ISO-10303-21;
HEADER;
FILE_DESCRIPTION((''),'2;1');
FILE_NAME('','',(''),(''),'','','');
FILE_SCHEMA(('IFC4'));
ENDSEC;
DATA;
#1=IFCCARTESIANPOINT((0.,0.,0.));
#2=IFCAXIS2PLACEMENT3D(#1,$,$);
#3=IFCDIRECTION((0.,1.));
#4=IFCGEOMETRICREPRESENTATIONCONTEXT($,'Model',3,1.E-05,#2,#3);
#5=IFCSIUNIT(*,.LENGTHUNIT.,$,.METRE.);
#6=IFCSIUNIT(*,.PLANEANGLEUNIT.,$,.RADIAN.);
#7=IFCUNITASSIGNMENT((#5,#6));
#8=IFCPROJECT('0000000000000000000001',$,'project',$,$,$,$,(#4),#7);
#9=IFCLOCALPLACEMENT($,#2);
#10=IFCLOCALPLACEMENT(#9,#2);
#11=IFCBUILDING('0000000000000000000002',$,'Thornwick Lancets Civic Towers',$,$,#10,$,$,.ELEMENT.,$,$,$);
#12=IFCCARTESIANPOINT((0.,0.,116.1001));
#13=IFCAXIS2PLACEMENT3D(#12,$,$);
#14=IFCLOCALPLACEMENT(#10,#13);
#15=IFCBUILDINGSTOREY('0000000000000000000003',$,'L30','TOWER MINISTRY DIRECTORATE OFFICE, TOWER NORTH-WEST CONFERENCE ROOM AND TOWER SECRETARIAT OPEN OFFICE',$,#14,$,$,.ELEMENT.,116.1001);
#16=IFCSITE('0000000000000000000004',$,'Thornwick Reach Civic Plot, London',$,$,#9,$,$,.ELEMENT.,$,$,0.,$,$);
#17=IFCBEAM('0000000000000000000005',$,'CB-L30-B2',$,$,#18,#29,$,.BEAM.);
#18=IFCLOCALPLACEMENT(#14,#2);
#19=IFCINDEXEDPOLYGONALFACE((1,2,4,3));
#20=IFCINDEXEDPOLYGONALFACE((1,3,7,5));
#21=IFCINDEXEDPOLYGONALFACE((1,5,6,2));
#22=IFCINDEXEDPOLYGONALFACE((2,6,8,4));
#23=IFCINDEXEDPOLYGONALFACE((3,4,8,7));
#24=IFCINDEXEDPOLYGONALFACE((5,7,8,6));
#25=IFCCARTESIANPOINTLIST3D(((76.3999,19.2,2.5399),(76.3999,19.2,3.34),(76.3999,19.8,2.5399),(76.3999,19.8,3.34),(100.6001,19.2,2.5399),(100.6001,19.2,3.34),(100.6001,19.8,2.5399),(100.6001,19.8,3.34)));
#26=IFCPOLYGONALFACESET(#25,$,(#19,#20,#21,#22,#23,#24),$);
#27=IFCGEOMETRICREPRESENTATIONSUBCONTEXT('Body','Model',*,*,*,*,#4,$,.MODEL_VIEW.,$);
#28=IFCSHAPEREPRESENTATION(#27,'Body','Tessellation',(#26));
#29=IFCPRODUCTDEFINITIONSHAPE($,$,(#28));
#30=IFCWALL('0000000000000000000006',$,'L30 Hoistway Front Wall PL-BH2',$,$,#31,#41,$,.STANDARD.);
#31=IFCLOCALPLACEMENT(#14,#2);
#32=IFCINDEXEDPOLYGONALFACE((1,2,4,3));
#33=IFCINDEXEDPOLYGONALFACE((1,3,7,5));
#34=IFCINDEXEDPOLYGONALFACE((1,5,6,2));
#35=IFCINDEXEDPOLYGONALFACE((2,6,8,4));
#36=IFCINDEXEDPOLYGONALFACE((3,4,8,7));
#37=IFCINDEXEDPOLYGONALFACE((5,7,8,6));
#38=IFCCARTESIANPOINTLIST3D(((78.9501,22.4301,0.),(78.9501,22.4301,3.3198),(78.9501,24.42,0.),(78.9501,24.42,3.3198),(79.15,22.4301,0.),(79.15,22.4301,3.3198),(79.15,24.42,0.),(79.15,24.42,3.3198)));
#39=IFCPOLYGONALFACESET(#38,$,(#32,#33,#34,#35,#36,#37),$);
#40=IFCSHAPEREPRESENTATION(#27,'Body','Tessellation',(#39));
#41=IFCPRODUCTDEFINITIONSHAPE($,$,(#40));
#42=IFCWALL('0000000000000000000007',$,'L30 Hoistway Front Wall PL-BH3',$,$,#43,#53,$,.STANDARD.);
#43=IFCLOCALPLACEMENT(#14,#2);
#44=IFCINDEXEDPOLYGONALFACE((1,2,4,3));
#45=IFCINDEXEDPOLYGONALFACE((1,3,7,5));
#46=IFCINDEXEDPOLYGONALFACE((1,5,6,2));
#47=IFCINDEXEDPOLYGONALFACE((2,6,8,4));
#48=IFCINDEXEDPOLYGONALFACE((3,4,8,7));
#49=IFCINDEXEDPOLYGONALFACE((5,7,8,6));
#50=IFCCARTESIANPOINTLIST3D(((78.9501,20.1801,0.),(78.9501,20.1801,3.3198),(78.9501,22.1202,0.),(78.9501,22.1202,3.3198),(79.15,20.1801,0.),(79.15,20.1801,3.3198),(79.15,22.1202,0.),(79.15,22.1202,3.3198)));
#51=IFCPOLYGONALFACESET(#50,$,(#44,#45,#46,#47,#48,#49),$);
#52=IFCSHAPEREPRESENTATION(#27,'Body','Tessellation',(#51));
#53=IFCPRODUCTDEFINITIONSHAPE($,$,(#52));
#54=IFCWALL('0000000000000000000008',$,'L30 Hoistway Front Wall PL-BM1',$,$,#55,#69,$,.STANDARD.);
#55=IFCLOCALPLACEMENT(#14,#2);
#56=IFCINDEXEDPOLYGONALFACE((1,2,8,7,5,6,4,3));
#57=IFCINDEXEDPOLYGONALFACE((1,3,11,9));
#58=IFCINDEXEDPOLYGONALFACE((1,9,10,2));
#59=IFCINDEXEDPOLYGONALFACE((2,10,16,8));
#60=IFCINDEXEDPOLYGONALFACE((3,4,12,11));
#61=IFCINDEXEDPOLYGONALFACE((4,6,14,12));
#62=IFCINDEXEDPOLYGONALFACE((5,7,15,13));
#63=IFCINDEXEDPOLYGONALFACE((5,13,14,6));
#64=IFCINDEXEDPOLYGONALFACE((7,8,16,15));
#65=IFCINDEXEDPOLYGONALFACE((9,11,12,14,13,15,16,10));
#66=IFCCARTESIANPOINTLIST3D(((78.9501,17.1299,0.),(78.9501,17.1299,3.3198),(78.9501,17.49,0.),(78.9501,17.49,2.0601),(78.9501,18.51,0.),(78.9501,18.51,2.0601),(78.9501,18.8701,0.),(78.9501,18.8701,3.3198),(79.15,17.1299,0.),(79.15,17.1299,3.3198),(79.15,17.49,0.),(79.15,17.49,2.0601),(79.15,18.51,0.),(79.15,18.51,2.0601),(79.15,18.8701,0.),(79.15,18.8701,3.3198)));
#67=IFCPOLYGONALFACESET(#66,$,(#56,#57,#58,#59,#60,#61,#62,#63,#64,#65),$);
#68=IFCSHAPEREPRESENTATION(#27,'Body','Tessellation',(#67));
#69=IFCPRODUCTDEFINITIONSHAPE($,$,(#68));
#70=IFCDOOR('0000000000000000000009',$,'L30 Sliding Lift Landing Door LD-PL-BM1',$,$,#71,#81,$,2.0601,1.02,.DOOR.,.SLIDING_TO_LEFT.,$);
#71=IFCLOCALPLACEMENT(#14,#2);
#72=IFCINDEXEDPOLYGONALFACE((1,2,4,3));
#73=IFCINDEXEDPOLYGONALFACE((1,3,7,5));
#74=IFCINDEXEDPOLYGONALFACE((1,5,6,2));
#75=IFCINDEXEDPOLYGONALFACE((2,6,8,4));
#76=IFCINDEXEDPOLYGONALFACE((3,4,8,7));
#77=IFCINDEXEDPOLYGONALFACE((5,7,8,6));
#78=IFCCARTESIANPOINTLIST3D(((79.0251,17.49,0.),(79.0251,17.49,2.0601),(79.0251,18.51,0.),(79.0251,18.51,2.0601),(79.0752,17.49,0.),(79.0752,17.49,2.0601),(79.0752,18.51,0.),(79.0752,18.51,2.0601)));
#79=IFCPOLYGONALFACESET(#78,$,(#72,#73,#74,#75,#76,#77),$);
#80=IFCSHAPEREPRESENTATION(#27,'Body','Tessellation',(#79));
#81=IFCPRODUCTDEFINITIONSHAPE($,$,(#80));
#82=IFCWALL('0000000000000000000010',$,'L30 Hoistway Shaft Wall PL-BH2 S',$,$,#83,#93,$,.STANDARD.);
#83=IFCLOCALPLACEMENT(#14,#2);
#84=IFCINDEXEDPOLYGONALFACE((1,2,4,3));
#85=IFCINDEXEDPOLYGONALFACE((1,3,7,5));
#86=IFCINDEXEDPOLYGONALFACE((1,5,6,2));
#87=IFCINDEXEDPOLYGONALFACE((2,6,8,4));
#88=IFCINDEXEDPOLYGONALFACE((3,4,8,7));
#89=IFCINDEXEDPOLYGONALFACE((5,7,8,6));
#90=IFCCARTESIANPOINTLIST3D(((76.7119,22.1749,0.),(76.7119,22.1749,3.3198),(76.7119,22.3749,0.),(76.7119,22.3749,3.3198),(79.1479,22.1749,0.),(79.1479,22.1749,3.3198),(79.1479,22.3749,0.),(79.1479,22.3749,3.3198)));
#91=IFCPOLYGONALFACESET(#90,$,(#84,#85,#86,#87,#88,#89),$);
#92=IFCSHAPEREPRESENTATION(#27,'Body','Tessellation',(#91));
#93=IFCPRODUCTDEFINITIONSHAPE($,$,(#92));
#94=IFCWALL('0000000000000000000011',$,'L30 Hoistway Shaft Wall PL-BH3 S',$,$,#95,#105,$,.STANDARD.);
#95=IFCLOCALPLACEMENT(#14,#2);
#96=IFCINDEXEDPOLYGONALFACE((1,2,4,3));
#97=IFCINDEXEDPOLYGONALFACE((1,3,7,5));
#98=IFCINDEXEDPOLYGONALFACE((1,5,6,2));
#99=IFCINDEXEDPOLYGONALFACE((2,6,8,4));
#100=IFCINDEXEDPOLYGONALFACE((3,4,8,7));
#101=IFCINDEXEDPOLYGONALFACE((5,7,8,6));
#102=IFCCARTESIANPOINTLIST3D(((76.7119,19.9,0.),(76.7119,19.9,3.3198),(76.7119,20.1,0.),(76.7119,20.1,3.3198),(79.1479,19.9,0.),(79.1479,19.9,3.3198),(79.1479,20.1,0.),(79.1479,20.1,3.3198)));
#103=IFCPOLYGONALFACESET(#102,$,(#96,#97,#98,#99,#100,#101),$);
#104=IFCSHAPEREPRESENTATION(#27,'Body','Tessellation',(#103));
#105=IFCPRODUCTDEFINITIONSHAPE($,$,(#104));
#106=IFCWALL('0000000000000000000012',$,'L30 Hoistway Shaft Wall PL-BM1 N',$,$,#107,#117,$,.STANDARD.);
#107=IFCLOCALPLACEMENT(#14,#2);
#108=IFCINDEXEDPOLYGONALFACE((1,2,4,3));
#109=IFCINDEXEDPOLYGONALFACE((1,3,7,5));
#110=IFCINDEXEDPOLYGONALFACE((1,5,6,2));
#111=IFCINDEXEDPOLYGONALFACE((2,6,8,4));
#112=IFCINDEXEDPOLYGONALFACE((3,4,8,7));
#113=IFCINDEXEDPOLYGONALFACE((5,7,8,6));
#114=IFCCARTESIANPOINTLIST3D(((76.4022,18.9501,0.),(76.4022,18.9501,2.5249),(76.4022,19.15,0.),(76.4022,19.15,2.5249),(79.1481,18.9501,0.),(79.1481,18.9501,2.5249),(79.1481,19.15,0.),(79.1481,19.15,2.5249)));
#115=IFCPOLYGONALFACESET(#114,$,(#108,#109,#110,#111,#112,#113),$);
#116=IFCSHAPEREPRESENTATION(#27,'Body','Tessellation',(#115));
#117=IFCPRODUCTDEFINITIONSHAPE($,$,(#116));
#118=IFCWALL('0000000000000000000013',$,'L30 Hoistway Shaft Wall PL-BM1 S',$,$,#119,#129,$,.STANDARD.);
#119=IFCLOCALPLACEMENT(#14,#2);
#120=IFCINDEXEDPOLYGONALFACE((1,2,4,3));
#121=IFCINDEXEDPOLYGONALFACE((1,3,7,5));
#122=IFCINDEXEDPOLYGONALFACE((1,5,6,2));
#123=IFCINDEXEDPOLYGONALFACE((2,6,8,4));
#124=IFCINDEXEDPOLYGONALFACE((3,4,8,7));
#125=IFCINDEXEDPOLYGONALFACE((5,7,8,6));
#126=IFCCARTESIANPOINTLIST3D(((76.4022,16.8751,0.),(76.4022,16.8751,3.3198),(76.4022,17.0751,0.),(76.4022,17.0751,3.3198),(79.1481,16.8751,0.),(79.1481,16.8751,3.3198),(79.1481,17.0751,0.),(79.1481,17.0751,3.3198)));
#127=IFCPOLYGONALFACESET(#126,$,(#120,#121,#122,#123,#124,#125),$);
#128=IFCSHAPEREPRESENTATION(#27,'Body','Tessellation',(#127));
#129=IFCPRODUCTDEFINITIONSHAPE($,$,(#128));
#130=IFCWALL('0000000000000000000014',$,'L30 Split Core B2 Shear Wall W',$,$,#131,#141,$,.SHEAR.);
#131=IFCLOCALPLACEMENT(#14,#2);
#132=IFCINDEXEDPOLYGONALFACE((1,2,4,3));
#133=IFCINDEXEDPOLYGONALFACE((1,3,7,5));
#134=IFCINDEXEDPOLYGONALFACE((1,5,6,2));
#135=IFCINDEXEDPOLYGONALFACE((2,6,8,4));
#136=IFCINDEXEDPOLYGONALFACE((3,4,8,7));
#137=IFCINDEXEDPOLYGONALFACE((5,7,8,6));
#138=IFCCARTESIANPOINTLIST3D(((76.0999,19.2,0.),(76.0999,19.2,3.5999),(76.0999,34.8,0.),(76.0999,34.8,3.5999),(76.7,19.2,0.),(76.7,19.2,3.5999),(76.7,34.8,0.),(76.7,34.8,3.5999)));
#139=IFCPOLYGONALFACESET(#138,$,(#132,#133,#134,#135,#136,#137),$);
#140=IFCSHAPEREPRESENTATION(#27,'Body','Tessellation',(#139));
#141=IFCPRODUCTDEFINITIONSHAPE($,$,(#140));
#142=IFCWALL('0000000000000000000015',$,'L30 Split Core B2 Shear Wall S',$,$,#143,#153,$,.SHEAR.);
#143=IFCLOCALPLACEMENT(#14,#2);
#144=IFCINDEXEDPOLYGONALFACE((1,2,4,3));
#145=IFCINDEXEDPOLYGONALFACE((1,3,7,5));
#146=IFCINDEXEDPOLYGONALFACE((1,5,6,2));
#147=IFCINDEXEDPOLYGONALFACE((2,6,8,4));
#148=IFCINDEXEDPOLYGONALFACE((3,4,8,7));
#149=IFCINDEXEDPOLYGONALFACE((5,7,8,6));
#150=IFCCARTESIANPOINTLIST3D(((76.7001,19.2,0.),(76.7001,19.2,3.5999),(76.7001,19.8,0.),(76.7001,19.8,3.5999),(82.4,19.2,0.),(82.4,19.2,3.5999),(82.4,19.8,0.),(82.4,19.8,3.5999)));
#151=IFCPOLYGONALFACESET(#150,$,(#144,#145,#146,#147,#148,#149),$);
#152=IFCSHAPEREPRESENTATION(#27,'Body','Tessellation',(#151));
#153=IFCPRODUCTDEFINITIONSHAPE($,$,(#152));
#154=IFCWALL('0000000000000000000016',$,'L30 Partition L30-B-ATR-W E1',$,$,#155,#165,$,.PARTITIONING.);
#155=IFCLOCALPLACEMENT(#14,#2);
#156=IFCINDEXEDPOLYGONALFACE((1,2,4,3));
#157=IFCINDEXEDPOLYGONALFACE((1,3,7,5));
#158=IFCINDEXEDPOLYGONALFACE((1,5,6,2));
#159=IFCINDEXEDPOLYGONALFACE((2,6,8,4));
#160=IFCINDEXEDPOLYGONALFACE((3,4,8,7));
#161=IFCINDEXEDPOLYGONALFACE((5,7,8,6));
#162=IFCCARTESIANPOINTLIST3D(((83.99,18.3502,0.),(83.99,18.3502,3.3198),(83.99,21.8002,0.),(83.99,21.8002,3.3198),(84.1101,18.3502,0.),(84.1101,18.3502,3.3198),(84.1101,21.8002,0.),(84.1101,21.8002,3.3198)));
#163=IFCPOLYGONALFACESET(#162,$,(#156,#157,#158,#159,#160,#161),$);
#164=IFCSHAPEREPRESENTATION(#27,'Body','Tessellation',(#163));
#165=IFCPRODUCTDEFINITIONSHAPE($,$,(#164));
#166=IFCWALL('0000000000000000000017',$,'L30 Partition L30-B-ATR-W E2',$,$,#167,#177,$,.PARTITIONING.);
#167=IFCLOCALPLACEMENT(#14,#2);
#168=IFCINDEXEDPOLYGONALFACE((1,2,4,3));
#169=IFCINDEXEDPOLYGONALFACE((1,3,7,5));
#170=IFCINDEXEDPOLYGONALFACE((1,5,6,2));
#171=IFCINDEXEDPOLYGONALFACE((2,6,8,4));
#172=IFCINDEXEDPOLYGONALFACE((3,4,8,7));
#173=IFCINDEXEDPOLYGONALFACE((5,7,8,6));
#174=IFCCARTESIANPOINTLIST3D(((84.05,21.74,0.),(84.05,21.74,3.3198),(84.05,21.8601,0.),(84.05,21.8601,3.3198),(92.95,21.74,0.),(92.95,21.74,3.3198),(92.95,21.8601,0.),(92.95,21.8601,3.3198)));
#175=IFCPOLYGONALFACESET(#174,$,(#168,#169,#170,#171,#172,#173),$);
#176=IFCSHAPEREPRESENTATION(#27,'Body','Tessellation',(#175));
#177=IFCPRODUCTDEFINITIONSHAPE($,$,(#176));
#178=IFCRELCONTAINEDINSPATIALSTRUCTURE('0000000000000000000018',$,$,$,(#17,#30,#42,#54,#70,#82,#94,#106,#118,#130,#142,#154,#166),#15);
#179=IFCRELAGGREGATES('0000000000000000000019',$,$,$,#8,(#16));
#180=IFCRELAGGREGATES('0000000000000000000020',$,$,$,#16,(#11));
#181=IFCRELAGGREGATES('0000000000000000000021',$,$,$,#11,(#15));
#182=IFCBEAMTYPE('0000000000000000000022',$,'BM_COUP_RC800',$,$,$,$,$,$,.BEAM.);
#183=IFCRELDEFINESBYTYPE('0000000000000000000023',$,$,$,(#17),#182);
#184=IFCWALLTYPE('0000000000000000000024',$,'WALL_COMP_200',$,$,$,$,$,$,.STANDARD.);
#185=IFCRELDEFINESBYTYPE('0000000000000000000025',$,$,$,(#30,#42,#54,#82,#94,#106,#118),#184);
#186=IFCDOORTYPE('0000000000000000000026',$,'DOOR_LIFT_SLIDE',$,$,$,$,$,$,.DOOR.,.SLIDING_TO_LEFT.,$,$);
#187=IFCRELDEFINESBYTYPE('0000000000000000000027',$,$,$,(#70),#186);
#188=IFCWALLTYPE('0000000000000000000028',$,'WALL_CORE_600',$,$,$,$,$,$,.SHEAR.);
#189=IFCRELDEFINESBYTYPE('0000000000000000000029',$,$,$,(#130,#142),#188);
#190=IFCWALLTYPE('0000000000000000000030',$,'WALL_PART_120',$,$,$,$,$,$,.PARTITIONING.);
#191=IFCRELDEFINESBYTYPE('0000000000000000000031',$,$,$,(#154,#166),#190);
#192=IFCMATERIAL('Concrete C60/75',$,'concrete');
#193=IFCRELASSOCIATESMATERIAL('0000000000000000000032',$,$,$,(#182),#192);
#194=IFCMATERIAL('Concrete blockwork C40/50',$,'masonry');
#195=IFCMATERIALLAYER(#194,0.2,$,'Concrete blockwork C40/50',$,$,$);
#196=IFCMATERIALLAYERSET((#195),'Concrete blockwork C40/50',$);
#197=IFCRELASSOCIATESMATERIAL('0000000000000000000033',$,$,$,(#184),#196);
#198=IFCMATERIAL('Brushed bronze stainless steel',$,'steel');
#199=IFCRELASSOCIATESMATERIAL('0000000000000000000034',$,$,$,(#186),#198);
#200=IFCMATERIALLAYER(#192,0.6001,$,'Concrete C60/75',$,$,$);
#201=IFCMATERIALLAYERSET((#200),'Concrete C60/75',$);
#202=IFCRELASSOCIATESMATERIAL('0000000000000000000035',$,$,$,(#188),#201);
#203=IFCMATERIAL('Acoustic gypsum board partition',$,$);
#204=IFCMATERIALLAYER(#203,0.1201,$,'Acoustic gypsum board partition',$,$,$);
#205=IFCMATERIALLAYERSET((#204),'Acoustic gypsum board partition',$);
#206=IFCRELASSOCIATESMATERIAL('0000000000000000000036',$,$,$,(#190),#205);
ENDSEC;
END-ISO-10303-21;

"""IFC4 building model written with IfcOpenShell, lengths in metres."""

from ifc_helpers import new_model, si_unit, direction, frame, frame_2d, origin, origin_2d, place, context, subcontext, project, spatial, rectangle, extrude, material, layer, layer_set, material_profile, profile_set, type_object, element, fill, save


model = new_model("IFC4")

# Units and contexts
model_context = context("Model", 3, precision=1e-05, world=origin(), true_north=direction((0.0, 1.0)))
body_context = subcontext(model_context, "Body", "Model", "MODEL_VIEW")
ifc_project = project(units=[si_unit("LENGTHUNIT", "METRE"), si_unit("PLANEANGLEUNIT", "RADIAN")], contexts=[model_context])

# Site, building, storey
site_placement = place(None, origin())
site = spatial("IfcSite", under=ifc_project, at=site_placement, Name="Thornwick Reach Civic Plot, London", CompositionType="ELEMENT", RefElevation=0.0)
building_placement = place(site_placement, origin())
building = spatial("IfcBuilding", under=site, at=building_placement, Name="Thornwick Lancets Civic Towers", CompositionType="ELEMENT")
storey_placement = place(building_placement, frame((0.0, 0.0, 116.1001)))
storey = spatial("IfcBuildingStorey", under=building, at=storey_placement, Name="L30", Description="TOWER MINISTRY DIRECTORATE OFFICE, TOWER NORTH-WEST CONFERENCE ROOM AND TOWER SECRETARIAT OPEN OFFICE", CompositionType="ELEMENT", Elevation=116.1001)

# Beam
ifc_material_1 = material(Name="Concrete C60/75", Category="concrete")
ifc_material_profile = material_profile(ifc_material_1, rectangle(XDim=0.6001, YDim=0.8, at=origin_2d()), Name="RC 600x800")
ifc_profile_set = profile_set([ifc_material_profile], Name="Concrete C60/75")
beam_type = type_object("IfcBeamType", Name="BM_COUP_RC800", PredefinedType="BEAM", material=ifc_profile_set)
beam_placement = place(storey_placement, frame((76.3999, 19.5, 2.9399), z_axis=(1.0, 0.0, 0.0), x_axis=(0.0, 1.0, 0.0)))
element("IfcBeam", 1, at=beam_placement, inside=storey, type_object=beam_type, Name="CB-L30-B2", PredefinedType="BEAM", context=body_context, shape_type="SweptSolid", body=[
    extrude(rectangle(XDim=0.6001, YDim=0.8, at=origin_2d()), origin(), (0.0, 0.0, 1.0), 24.2002),
])

# Walls
ifc_material_2 = material(Name="Concrete blockwork C40/50", Category="masonry")
ifc_layer_1 = layer(ifc_material_2, 0.2, Name="Concrete blockwork C40/50")
ifc_layer_set_1 = layer_set([ifc_layer_1], Name="Concrete blockwork C40/50")
wall_type_1 = type_object("IfcWallType", Name="WALL_COMP_200", PredefinedType="STANDARD", material=ifc_layer_set_1)
wall_1_placement = place(storey_placement, frame((79.05, 22.4299, 0.0), z_axis=(0.0, 0.0, 1.0), x_axis=(0.0, 1.0, 0.0)))
element("IfcWall", 2, at=wall_1_placement, inside=storey, type_object=wall_type_1, Name="L30 Hoistway Front Wall PL-BH2", PredefinedType="STANDARD", context=body_context, shape_type="SweptSolid", body=[
    extrude(rectangle(XDim=1.99, YDim=0.2, at=frame_2d((0.9951, 0.0))), origin(), (0.0, 0.0, 1.0), 3.3198),
])
wall_2_placement = place(storey_placement, frame((79.05, 20.1799, 0.0), z_axis=(0.0, 0.0, 1.0), x_axis=(0.0, 1.0, 0.0)))
element("IfcWall", 3, at=wall_2_placement, inside=storey, type_object=wall_type_1, Name="L30 Hoistway Front Wall PL-BH3", PredefinedType="STANDARD", context=body_context, shape_type="SweptSolid", body=[
    extrude(rectangle(XDim=1.9402, YDim=0.2, at=frame_2d((0.9702, 0.0))), origin(), (0.0, 0.0, 1.0), 3.3198),
])

# Wall, opening, door
wall_3_placement = place(storey_placement, frame((79.05, 17.1299, 0.0), z_axis=(0.0, 0.0, 1.0), x_axis=(0.0, 1.0, 0.0)))
wall_3 = element("IfcWall", 4, at=wall_3_placement, inside=storey, type_object=wall_type_1, Name="L30 Hoistway Front Wall PL-BM1", PredefinedType="STANDARD", context=body_context, shape_type="SweptSolid", body=[
    extrude(rectangle(XDim=1.7402, YDim=0.2, at=frame_2d((0.8701, 0.0))), origin(), (0.0, 0.0, 1.0), 3.3198),
])
opening_1_placement = place(wall_3_placement, frame((0.3601, 0.0, 0.0)))
opening_1 = element("IfcOpeningElement", 5, at=opening_1_placement, cuts=wall_3, PredefinedType="OPENING", context=body_context, shape_type="SweptSolid", body=[
    extrude(rectangle(XDim=1.02, YDim=2.0601, at=frame_2d((0.51, 1.03))), frame((0.0, 0.1099, 0.0), z_axis=(0.0, -1.0, 0.0), x_axis=(1.0, 0.0, 0.0)), (0.0, 0.0, 1.0), 0.22),
])
ifc_material_3 = material(Name="Brushed bronze stainless steel", Category="steel")
door_type_1 = type_object("IfcDoorType", Name="DOOR_LIFT_SLIDE", OperationType="SLIDING_TO_LEFT", PredefinedType="DOOR", material=ifc_material_3)
door_1_placement = place(opening_1_placement, origin())
door_1 = element("IfcDoor", 6, at=door_1_placement, inside=storey, type_object=door_type_1, Name="L30 Sliding Lift Landing Door LD-PL-BM1", OperationType="SLIDING_TO_LEFT", OverallHeight=2.0601, OverallWidth=1.02, PredefinedType="DOOR", context=body_context, shape_type="SweptSolid", body=[
    extrude(rectangle(XDim=1.02, YDim=2.0601, at=frame_2d((0.51, 1.03))), frame((0.0, 0.0249, 0.0), z_axis=(0.0, -1.0, 0.0), x_axis=(1.0, 0.0, 0.0)), (0.0, 0.0, 1.0), 0.05),
])
fill(opening_1, door_1)

# Walls
for number, where, z_axis, x_axis, name in (
    (7, (76.7119, 22.2749, 0.0), (0.0, 0.0, 1.0), (1.0, 0.0, 0.0), "L30 Hoistway Shaft Wall PL-BH2 S"),
    (8, (76.7119, 20.0, 0.0), (0.0, 0.0, 1.0), (1.0, 0.0, 0.0), "L30 Hoistway Shaft Wall PL-BH3 S"),
):
    element("IfcWall", number, at=place(storey_placement, frame(where, z_axis=z_axis, x_axis=x_axis)), inside=storey, type_object=wall_type_1, Name=name, PredefinedType="STANDARD", context=body_context, shape_type="SweptSolid", body=[
        extrude(rectangle(XDim=2.436, YDim=0.2, at=frame_2d((1.218, 0.0))), origin(), (0.0, 0.0, 1.0), 3.3198),
    ])
wall_4_placement = place(storey_placement, frame((76.4021, 19.05, 0.0), z_axis=(0.0, 0.0, 1.0), x_axis=(1.0, 0.0, 0.0)))
element("IfcWall", 9, at=wall_4_placement, inside=storey, type_object=wall_type_1, Name="L30 Hoistway Shaft Wall PL-BM1 N", PredefinedType="STANDARD", context=body_context, shape_type="SweptSolid", body=[
    extrude(rectangle(XDim=2.7458, YDim=0.2, at=frame_2d((1.373, 0.0))), origin(), (0.0, 0.0, 1.0), 2.5249),
])
wall_5_placement = place(storey_placement, frame((76.4021, 16.9751, 0.0), z_axis=(0.0, 0.0, 1.0), x_axis=(1.0, 0.0, 0.0)))
element("IfcWall", 10, at=wall_5_placement, inside=storey, type_object=wall_type_1, Name="L30 Hoistway Shaft Wall PL-BM1 S", PredefinedType="STANDARD", context=body_context, shape_type="SweptSolid", body=[
    extrude(rectangle(XDim=2.7458, YDim=0.2, at=frame_2d((1.373, 0.0))), origin(), (0.0, 0.0, 1.0), 3.3198),
])
ifc_layer_2 = layer(ifc_material_1, 0.6001, Name="Concrete C60/75")
ifc_layer_set_2 = layer_set([ifc_layer_2], Name="Concrete C60/75")
wall_type_2 = type_object("IfcWallType", Name="WALL_CORE_600", PredefinedType="SHEAR", material=ifc_layer_set_2)
wall_6_placement = place(storey_placement, frame((76.3999, 19.2, 0.0), z_axis=(0.0, 0.0, 1.0), x_axis=(0.0, 1.0, 0.0)))
element("IfcWall", 11, at=wall_6_placement, inside=storey, type_object=wall_type_2, Name="L30 Split Core B2 Shear Wall W", PredefinedType="SHEAR", context=body_context, shape_type="SweptSolid", body=[
    extrude(rectangle(XDim=15.6001, YDim=0.6001, at=frame_2d((7.8, 0.0))), origin(), (0.0, 0.0, 1.0), 3.5999),
])
wall_7_placement = place(storey_placement, frame((76.7, 19.5, 0.0), z_axis=(0.0, 0.0, 1.0), x_axis=(1.0, 0.0, 0.0)))
element("IfcWall", 12, at=wall_7_placement, inside=storey, type_object=wall_type_2, Name="L30 Split Core B2 Shear Wall S", PredefinedType="SHEAR", context=body_context, shape_type="SweptSolid", body=[
    extrude(rectangle(XDim=5.7, YDim=0.6001, at=frame_2d((2.8501, 0.0))), origin(), (0.0, 0.0, 1.0), 3.5999),
])
ifc_material_4 = material(Name="Acoustic gypsum board partition")
ifc_layer_3 = layer(ifc_material_4, 0.1201, Name="Acoustic gypsum board partition")
ifc_layer_set_3 = layer_set([ifc_layer_3], Name="Acoustic gypsum board partition")
wall_type_3 = type_object("IfcWallType", Name="WALL_PART_120", PredefinedType="PARTITIONING", material=ifc_layer_set_3)
wall_8_placement = place(storey_placement, frame((84.05, 18.3501, 0.0), z_axis=(0.0, 0.0, 1.0), x_axis=(0.0, 1.0, 0.0)))
element("IfcWall", 13, at=wall_8_placement, inside=storey, type_object=wall_type_3, Name="L30 Partition L30-B-ATR-W E1", PredefinedType="PARTITIONING", context=body_context, shape_type="SweptSolid", body=[
    extrude(rectangle(XDim=3.45, YDim=0.1201, at=frame_2d((1.7251, 0.0))), origin(), (0.0, 0.0, 1.0), 3.3198),
])
wall_9_placement = place(storey_placement, frame((84.05, 21.8, 0.0), z_axis=(0.0, 0.0, 1.0), x_axis=(1.0, 0.0, 0.0)))
element("IfcWall", 14, at=wall_9_placement, inside=storey, type_object=wall_type_3, Name="L30 Partition L30-B-ATR-W E2", PredefinedType="PARTITIONING", context=body_context, shape_type="SweptSolid", body=[
    extrude(rectangle(XDim=8.8999, YDim=0.1201, at=frame_2d((4.45, 0.0))), origin(), (0.0, 0.0, 1.0), 3.3198),
])

save(model, "model.ifc")
